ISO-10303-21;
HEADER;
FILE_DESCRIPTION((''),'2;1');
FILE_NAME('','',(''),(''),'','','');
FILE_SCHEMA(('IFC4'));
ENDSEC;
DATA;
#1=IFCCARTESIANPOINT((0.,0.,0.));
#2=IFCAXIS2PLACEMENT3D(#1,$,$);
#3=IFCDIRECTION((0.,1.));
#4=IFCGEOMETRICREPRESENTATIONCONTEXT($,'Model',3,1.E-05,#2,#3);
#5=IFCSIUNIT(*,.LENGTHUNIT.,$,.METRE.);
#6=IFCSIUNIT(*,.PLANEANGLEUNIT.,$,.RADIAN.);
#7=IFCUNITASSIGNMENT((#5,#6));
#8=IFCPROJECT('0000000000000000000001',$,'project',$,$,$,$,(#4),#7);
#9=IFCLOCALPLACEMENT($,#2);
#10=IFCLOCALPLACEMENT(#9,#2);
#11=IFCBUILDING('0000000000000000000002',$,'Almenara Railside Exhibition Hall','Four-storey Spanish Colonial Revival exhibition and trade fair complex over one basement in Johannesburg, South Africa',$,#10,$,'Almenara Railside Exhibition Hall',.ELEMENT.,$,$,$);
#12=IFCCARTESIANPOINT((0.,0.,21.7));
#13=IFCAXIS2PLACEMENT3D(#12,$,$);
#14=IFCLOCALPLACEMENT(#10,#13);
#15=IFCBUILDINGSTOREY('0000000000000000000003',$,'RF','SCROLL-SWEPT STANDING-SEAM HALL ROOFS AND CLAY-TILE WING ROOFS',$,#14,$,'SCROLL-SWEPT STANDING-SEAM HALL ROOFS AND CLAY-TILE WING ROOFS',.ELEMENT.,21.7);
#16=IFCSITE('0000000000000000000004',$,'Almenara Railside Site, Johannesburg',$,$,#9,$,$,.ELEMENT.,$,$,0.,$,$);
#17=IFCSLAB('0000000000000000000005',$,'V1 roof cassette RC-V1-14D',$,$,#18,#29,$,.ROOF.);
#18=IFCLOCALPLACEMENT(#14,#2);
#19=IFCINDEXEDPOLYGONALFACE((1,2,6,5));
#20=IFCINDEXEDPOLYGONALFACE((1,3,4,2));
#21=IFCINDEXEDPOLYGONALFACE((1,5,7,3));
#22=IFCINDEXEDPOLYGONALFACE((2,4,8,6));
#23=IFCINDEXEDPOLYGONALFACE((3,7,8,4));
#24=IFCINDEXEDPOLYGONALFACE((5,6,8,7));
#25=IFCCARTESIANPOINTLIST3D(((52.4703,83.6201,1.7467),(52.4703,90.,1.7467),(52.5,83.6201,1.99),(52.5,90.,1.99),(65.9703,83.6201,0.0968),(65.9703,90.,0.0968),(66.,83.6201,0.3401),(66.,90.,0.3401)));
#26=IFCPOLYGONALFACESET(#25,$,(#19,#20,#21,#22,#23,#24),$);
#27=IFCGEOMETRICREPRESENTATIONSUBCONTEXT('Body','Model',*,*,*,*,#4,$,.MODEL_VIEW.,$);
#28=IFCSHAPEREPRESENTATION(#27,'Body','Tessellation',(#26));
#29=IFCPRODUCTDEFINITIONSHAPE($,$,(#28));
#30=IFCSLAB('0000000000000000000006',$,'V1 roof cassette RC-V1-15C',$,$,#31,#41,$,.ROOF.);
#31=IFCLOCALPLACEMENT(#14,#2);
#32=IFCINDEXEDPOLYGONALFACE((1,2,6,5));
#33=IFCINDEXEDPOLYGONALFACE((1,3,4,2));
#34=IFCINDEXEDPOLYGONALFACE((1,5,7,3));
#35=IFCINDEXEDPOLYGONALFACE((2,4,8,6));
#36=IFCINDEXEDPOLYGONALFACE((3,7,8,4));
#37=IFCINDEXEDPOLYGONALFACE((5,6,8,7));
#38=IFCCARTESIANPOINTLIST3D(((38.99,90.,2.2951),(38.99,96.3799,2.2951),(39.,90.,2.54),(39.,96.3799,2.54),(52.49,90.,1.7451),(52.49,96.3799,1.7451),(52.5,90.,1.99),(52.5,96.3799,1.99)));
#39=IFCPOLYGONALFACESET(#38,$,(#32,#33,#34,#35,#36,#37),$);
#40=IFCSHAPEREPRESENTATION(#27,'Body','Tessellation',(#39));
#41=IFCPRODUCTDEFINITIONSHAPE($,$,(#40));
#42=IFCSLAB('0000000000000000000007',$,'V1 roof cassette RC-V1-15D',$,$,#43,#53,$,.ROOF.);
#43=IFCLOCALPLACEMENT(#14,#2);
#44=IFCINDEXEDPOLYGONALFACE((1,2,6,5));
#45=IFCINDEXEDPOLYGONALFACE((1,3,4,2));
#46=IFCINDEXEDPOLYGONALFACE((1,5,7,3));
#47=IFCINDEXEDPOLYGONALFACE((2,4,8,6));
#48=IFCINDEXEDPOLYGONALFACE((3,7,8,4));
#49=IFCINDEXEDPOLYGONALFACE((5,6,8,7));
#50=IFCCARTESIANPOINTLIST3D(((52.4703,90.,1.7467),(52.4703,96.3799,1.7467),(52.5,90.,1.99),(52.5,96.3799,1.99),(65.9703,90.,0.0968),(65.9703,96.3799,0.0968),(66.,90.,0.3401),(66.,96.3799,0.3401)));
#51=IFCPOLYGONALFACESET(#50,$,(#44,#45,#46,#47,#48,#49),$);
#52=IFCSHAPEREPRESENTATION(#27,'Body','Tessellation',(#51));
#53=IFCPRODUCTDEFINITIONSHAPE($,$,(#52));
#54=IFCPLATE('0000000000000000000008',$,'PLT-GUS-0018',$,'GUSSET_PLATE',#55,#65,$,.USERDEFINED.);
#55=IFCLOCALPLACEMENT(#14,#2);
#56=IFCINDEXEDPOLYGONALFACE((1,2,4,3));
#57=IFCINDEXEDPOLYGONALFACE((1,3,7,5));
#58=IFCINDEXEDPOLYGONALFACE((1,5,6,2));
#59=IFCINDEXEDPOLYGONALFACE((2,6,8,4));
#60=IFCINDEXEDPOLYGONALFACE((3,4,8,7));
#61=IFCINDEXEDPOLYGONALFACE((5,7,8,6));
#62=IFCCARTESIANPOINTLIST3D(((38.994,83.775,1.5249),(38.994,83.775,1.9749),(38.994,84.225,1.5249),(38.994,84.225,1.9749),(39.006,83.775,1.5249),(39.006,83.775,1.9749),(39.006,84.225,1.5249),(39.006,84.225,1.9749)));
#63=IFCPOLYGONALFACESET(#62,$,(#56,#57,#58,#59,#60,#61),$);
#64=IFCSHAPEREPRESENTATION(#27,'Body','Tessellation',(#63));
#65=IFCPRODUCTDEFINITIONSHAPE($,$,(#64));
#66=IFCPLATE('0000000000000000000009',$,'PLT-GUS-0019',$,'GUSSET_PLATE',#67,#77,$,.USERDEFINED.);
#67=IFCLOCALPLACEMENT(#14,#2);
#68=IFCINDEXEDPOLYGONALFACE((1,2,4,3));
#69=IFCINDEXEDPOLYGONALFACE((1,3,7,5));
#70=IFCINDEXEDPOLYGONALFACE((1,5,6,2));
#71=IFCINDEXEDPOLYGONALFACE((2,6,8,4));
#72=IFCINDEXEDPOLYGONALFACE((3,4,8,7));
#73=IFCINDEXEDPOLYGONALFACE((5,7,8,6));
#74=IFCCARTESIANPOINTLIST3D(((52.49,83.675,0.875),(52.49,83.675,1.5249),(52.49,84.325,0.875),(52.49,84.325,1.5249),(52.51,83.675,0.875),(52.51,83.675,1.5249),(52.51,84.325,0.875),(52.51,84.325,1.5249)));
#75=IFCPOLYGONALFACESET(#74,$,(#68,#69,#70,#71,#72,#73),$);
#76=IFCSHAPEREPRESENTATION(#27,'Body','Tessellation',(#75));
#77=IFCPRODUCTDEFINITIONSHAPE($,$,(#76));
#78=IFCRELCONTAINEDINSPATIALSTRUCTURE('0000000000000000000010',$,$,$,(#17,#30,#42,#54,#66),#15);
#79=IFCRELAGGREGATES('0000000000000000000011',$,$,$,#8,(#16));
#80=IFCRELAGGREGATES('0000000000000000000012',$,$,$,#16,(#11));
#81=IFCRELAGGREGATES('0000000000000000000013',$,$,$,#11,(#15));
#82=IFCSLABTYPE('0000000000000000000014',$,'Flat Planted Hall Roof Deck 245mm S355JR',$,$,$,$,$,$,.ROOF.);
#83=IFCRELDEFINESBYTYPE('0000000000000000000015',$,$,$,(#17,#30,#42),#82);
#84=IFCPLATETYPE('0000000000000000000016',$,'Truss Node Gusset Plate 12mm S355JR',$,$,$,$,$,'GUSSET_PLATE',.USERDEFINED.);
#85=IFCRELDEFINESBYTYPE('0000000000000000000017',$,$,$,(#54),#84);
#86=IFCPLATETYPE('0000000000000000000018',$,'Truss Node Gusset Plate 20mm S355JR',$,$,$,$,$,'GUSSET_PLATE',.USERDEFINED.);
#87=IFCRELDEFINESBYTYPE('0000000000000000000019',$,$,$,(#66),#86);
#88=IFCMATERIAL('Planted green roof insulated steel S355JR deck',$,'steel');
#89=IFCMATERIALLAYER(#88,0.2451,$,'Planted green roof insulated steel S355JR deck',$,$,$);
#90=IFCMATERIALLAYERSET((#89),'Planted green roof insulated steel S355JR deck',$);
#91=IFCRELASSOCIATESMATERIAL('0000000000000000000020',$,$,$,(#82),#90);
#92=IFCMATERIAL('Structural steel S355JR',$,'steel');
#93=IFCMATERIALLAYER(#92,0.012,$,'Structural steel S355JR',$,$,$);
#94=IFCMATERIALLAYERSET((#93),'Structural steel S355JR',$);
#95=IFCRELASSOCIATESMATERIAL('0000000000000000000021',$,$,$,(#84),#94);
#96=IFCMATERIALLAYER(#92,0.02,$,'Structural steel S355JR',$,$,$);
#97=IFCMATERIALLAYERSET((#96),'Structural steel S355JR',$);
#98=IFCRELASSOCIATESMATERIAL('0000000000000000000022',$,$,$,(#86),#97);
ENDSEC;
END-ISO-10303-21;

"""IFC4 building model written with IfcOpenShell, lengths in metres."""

from ifc_helpers import new_model, si_unit, direction, frame, origin, origin_2d, place, context, subcontext, project, spatial, polyline, rectangle, outline, extrude, material, layer, layer_set, type_object, element, save


model = new_model("IFC4")

# Units and contexts
model_context = context("Model", 3, precision=1e-05, world=origin(), true_north=direction((0.0, 1.0)))
body_context = subcontext(model_context, "Body", "Model", "MODEL_VIEW")
ifc_project = project(units=[si_unit("LENGTHUNIT", "METRE"), si_unit("PLANEANGLEUNIT", "RADIAN")], contexts=[model_context])

# Site, building, storey
site_placement = place(None, origin())
site = spatial("IfcSite", under=ifc_project, at=site_placement, Name="Almenara Railside Site, Johannesburg", CompositionType="ELEMENT", RefElevation=0.0)
building_placement = place(site_placement, origin())
building = spatial("IfcBuilding", under=site, at=building_placement, Name="Almenara Railside Exhibition Hall", Description="Four-storey Spanish Colonial Revival exhibition and trade fair complex over one basement in Johannesburg, South Africa", LongName="Almenara Railside Exhibition Hall", CompositionType="ELEMENT")
storey_placement = place(building_placement, frame((0.0, 0.0, 21.7)))
storey = spatial("IfcBuildingStorey", under=building, at=storey_placement, Name="RF", Description="SCROLL-SWEPT STANDING-SEAM HALL ROOFS AND CLAY-TILE WING ROOFS", LongName="SCROLL-SWEPT STANDING-SEAM HALL ROOFS AND CLAY-TILE WING ROOFS", CompositionType="ELEMENT", Elevation=21.7)

# Shared definitions
ifc_material_1 = material(Name="Structural steel S355JR", Category="steel")

# Slabs
ifc_material_2 = material(Name="Planted green roof insulated steel S355JR deck", Category="steel")
ifc_layer_1 = layer(ifc_material_2, 0.2451, Name="Planted green roof insulated steel S355JR deck")
ifc_layer_set_1 = layer_set([ifc_layer_1], Name="Planted green roof insulated steel S355JR deck")
slab_type = type_object("IfcSlabType", Name="Flat Planted Hall Roof Deck 245mm S355JR", PredefinedType="ROOF", material=ifc_layer_set_1)
slab_1_placement = place(storey_placement, frame((52.5, 83.6201, 1.99), z_axis=(0.121312, 0.0, 0.992614), x_axis=(0.992614, 0.0, -0.121312)))
element("IfcSlab", 1, at=slab_1_placement, inside=storey, type_object=slab_type, Name="V1 roof cassette RC-V1-14D", PredefinedType="ROOF", context=body_context, shape_type="SweptSolid", body=[
    extrude(outline(polyline([(0.0, 0.0), (13.6004, 0.0), (13.6004, 6.3799), (0.0, 6.3799), (0.0, 0.0)])), origin(), (0.0, 0.0, -1.0), 0.2451),
])
slab_2_placement = place(storey_placement, frame((39.0, 90.0, 2.54), z_axis=(0.040711, 0.0, 0.999171), x_axis=(0.999171, 0.0, -0.040711)))
element("IfcSlab", 2, at=slab_2_placement, inside=storey, type_object=slab_type, Name="V1 roof cassette RC-V1-15C", PredefinedType="ROOF", context=body_context, shape_type="SweptSolid", body=[
    extrude(outline(polyline([(0.0, 0.0), (13.5112, 0.0), (13.5112, 6.3799), (0.0, 6.3799), (0.0, 0.0)])), origin(), (0.0, 0.0, -1.0), 0.2451),
])
slab_3_placement = place(storey_placement, frame((52.5, 90.0, 1.99), z_axis=(0.121312, 0.0, 0.992614), x_axis=(0.992614, 0.0, -0.121312)))
element("IfcSlab", 3, at=slab_3_placement, inside=storey, type_object=slab_type, Name="V1 roof cassette RC-V1-15D", PredefinedType="ROOF", context=body_context, shape_type="SweptSolid", body=[
    extrude(outline(polyline([(0.0, 0.0), (13.6004, 0.0), (13.6004, 6.3799), (0.0, 6.3799), (0.0, 0.0)])), origin(), (0.0, 0.0, -1.0), 0.2451),
])

# Plates
ifc_layer_2 = layer(ifc_material_1, 0.012, Name="Structural steel S355JR")
ifc_layer_set_2 = layer_set([ifc_layer_2], Name="Structural steel S355JR")
plate_type_1 = type_object("IfcPlateType", Name="Truss Node Gusset Plate 12mm S355JR", ElementType="GUSSET_PLATE", PredefinedType="USERDEFINED", material=ifc_layer_set_2)
plate_1_placement = place(storey_placement, frame((39.0, 84.0, 1.5249), z_axis=(0.0, 0.0, 1.0), x_axis=(0.0, 1.0, 0.0)))
element("IfcPlate", 4, at=plate_1_placement, inside=storey, type_object=plate_type_1, Name="PLT-GUS-0018", ObjectType="GUSSET_PLATE", PredefinedType="USERDEFINED", context=body_context, shape_type="SweptSolid", body=[
    extrude(rectangle(XDim=0.45, YDim=0.012, at=origin_2d()), origin(), (0.0, 0.0, 1.0), 0.45),
])
ifc_layer_3 = layer(ifc_material_1, 0.02, Name="Structural steel S355JR")
ifc_layer_set_3 = layer_set([ifc_layer_3], Name="Structural steel S355JR")
plate_type_2 = type_object("IfcPlateType", Name="Truss Node Gusset Plate 20mm S355JR", ElementType="GUSSET_PLATE", PredefinedType="USERDEFINED", material=ifc_layer_set_3)
plate_2_placement = place(storey_placement, frame((52.5, 84.0, 0.875), z_axis=(0.0, 0.0, 1.0), x_axis=(0.0, 1.0, 0.0)))
element("IfcPlate", 5, at=plate_2_placement, inside=storey, type_object=plate_type_2, Name="PLT-GUS-0019", ObjectType="GUSSET_PLATE", PredefinedType="USERDEFINED", context=body_context, shape_type="SweptSolid", body=[
    extrude(rectangle(XDim=0.6499, YDim=0.02, at=origin_2d()), origin(), (0.0, 0.0, 1.0), 0.6499),
])

save(model, "model.ifc")
